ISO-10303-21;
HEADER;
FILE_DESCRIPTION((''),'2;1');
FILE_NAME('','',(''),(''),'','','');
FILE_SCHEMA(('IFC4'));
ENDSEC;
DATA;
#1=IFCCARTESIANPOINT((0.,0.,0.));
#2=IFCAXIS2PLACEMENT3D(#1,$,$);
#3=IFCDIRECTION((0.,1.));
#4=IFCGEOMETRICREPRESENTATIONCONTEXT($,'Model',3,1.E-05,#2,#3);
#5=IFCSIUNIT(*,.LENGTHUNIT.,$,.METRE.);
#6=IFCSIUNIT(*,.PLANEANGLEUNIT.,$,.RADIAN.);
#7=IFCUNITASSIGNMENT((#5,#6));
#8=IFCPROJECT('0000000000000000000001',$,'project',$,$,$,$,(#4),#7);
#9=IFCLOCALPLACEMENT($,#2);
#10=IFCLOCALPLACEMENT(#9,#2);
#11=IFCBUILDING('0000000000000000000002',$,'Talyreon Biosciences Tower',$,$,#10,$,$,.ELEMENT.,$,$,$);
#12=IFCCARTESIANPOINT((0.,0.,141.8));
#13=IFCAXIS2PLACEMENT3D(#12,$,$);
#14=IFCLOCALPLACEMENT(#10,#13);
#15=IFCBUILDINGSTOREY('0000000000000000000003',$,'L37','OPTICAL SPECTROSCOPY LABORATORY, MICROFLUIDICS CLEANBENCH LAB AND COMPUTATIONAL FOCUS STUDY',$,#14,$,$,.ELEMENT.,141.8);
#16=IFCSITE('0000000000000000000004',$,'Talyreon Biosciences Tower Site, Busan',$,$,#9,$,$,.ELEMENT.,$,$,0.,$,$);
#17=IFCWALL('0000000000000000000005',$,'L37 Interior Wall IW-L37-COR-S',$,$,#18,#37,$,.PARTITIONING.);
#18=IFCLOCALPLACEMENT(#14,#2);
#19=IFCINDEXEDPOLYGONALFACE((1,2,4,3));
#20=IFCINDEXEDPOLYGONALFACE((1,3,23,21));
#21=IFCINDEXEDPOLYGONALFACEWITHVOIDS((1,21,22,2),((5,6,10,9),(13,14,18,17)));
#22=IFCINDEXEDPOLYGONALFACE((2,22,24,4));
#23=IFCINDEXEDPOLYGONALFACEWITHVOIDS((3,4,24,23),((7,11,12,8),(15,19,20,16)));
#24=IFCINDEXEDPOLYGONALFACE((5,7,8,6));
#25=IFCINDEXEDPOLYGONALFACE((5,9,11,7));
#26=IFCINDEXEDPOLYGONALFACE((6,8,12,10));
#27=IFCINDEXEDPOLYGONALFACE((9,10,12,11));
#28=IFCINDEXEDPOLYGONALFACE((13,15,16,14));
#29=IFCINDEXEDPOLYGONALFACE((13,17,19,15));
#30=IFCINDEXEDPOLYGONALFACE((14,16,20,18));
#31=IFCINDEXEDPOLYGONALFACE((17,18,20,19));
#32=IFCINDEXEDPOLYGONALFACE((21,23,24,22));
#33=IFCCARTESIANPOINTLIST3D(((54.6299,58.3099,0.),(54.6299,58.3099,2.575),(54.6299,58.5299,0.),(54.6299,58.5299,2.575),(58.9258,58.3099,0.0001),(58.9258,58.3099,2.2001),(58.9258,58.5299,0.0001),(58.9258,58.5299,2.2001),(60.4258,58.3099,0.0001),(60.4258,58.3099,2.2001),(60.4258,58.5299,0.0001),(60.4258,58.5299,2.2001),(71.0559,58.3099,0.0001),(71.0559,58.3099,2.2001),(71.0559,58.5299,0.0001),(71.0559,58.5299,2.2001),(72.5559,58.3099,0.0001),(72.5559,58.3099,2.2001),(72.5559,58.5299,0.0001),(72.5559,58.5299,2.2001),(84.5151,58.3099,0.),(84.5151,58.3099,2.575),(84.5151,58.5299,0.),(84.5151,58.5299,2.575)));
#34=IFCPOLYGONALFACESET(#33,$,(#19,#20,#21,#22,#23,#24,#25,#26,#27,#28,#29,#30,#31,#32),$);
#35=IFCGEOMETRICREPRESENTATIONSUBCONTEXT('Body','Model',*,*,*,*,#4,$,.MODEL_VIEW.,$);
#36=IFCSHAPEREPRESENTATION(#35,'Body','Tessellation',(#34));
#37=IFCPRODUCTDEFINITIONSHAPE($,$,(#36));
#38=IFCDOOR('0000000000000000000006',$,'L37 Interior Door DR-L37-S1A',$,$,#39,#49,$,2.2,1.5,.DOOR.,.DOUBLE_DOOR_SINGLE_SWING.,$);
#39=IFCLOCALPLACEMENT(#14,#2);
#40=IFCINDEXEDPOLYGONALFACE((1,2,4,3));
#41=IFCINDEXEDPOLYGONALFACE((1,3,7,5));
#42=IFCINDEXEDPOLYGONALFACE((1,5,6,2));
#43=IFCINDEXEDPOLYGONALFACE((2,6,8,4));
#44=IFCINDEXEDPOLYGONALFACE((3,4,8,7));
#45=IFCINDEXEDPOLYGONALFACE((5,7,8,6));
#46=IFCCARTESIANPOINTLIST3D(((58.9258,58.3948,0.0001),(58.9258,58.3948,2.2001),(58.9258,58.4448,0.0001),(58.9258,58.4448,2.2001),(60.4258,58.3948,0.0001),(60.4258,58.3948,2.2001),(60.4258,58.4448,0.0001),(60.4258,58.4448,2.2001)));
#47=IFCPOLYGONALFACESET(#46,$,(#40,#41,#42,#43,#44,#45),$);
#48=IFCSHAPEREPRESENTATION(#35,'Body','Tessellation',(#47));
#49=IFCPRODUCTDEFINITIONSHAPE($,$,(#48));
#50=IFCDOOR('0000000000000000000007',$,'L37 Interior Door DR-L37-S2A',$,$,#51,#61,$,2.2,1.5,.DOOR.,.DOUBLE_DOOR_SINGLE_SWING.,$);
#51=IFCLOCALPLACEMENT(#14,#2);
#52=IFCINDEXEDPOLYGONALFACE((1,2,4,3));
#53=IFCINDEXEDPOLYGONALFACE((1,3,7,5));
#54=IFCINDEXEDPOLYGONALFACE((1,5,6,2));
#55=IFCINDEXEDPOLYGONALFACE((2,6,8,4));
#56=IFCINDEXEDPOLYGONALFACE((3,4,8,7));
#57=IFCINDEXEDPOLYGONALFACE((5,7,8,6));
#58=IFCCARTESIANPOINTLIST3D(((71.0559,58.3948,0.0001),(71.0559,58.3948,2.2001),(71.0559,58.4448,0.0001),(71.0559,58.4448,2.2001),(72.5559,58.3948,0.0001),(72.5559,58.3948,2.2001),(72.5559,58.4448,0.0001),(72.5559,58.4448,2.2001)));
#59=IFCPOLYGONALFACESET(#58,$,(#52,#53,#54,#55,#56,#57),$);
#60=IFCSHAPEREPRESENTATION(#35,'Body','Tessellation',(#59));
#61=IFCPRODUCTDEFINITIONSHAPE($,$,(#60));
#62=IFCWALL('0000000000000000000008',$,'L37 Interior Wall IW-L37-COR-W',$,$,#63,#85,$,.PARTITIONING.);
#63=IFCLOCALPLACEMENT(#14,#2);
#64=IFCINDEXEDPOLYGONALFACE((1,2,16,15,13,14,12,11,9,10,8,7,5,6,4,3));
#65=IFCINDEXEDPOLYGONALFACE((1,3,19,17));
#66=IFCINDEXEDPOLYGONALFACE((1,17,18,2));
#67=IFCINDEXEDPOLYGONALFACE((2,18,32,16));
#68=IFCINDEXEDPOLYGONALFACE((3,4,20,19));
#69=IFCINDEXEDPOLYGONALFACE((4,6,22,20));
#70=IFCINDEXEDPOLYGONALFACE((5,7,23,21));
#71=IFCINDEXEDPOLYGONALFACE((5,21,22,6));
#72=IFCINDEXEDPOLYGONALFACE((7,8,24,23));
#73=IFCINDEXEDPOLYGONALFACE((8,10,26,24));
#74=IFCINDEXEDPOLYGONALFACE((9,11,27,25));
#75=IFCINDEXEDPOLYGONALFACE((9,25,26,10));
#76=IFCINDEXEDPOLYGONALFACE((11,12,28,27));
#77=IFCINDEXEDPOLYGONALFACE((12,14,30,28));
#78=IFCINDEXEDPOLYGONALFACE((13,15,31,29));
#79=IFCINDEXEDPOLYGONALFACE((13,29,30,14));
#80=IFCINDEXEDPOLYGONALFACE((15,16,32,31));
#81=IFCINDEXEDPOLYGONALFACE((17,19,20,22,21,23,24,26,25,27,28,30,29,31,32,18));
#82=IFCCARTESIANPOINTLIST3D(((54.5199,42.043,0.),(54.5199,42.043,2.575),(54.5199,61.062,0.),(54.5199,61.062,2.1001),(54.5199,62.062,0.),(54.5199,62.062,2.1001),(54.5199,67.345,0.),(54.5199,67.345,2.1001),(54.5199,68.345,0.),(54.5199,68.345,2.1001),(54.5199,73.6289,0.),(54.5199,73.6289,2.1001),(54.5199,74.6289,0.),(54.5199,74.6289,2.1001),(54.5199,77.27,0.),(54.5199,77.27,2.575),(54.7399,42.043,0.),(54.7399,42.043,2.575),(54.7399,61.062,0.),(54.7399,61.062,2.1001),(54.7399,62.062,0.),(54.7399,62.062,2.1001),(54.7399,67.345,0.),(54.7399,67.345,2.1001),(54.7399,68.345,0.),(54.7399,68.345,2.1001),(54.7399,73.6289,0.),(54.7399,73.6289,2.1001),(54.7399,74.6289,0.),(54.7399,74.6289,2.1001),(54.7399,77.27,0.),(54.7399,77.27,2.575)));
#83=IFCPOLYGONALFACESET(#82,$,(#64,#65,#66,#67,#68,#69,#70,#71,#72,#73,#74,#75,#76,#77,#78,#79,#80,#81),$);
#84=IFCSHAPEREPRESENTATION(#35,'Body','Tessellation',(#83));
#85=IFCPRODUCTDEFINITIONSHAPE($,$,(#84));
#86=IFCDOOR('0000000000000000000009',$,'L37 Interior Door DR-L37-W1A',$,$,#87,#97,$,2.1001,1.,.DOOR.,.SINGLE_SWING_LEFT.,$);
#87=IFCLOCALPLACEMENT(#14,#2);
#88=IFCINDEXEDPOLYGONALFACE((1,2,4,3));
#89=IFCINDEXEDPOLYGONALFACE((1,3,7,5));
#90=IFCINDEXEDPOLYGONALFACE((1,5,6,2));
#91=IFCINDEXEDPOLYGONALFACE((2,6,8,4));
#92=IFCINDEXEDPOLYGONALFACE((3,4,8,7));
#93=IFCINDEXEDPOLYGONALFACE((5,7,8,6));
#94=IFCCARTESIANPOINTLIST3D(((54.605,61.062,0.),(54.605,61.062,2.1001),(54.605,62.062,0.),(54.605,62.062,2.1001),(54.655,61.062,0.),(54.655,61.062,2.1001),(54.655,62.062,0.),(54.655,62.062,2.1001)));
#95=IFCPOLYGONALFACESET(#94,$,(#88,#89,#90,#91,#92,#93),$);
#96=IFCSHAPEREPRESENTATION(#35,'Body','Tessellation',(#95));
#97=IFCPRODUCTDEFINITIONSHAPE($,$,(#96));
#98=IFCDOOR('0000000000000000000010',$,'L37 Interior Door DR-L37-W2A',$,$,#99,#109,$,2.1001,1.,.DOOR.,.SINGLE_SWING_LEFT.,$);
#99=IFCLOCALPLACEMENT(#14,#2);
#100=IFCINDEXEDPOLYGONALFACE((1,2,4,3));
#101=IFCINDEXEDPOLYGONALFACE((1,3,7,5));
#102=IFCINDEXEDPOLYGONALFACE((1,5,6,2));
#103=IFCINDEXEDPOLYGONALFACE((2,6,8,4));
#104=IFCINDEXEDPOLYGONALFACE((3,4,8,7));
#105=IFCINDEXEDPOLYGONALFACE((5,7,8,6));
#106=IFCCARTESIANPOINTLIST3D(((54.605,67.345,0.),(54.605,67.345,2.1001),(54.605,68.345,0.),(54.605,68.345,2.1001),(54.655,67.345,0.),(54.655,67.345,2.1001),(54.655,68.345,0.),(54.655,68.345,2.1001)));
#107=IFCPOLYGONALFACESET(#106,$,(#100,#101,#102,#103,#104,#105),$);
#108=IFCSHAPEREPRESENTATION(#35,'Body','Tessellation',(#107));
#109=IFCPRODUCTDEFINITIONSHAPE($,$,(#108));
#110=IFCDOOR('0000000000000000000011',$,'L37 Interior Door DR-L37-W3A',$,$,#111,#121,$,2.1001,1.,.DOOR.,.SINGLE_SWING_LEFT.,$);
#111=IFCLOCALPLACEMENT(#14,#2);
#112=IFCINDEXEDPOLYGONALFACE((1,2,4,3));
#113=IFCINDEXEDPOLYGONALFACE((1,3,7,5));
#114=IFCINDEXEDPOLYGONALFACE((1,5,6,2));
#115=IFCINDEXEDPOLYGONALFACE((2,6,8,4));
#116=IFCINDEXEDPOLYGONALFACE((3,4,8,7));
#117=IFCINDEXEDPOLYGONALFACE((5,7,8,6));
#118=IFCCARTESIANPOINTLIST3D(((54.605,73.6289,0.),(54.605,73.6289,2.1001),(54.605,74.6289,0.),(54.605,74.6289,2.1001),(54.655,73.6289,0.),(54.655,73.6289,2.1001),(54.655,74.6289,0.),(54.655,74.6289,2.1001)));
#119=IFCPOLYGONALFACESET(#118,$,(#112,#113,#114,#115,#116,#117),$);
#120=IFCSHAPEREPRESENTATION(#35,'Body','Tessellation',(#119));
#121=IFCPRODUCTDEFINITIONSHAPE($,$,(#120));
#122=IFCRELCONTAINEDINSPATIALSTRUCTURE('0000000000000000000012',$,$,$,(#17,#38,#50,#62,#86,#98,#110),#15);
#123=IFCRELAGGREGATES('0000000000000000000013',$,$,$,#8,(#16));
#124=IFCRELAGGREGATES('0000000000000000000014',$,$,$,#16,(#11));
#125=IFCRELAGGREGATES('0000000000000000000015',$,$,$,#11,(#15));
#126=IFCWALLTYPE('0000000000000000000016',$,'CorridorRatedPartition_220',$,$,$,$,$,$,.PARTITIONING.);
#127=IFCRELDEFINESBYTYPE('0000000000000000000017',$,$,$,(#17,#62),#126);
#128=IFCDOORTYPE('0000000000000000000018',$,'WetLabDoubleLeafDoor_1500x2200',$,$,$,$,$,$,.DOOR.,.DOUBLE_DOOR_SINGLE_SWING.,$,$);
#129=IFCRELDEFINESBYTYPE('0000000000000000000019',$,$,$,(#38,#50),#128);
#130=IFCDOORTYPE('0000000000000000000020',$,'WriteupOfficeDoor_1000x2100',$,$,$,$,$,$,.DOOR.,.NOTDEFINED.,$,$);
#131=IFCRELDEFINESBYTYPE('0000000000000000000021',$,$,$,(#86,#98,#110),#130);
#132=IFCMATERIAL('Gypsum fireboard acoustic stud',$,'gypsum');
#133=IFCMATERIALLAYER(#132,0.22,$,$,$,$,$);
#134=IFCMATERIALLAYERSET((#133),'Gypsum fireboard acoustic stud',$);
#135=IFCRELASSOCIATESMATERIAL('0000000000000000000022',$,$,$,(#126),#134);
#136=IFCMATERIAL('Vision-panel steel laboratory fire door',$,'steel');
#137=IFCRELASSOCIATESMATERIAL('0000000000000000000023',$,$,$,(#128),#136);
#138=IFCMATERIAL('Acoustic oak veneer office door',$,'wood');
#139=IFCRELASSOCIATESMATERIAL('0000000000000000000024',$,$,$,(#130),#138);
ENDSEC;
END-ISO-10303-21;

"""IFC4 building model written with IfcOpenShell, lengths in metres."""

from ifc_helpers import new_model, si_unit, direction, frame, frame_2d, origin, place, context, subcontext, project, spatial, rectangle, extrude, material, layer, layer_set, type_object, element, fill, save


model = new_model("IFC4")

# Units and contexts
model_context = context("Model", 3, precision=1e-05, world=origin(), true_north=direction((0.0, 1.0)))
body_context = subcontext(model_context, "Body", "Model", "MODEL_VIEW")
ifc_project = project(units=[si_unit("LENGTHUNIT", "METRE"), si_unit("PLANEANGLEUNIT", "RADIAN")], contexts=[model_context])

# Site, building, storey
site_placement = place(None, origin())
site = spatial("IfcSite", under=ifc_project, at=site_placement, Name="Talyreon Biosciences Tower Site, Busan", CompositionType="ELEMENT", RefElevation=0.0)
building_placement = place(site_placement, origin())
building = spatial("IfcBuilding", under=site, at=building_placement, Name="Talyreon Biosciences Tower", CompositionType="ELEMENT")
storey_placement = place(building_placement, frame((0.0, 0.0, 141.8)))
storey = spatial("IfcBuildingStorey", under=building, at=storey_placement, Name="L37", Description="OPTICAL SPECTROSCOPY LABORATORY, MICROFLUIDICS CLEANBENCH LAB AND COMPUTATIONAL FOCUS STUDY", CompositionType="ELEMENT", Elevation=141.8)

# Walls, openings, doors
ifc_material_1 = material(Name="Gypsum fireboard acoustic stud", Category="gypsum")
ifc_layer_1 = layer(ifc_material_1, 0.22)
ifc_layer_set_1 = layer_set([ifc_layer_1], Name="Gypsum fireboard acoustic stud")
wall_type = type_object("IfcWallType", Name="CorridorRatedPartition_220", PredefinedType="PARTITIONING", material=ifc_layer_set_1)
wall_1_placement = place(storey_placement, frame((54.6299, 58.4199, 0.0), z_axis=(0.0, 0.0, 1.0), x_axis=(1.0, 0.0, 0.0)))
wall_1 = element("IfcWall", 1, at=wall_1_placement, inside=storey, type_object=wall_type, Name="L37 Interior Wall IW-L37-COR-S", PredefinedType="PARTITIONING", context=body_context, shape_type="SweptSolid", body=[
    extrude(rectangle(XDim=29.8853, YDim=0.22, at=frame_2d((14.9426, 0.0))), origin(), (0.0, 0.0, 1.0), 2.575),
])
opening_1_placement = place(wall_1_placement, frame((4.2959, 0.0, 0.0)))
opening_1 = element("IfcOpeningElement", 2, at=opening_1_placement, cuts=wall_1, PredefinedType="OPENING", context=body_context, shape_type="SweptSolid", body=[
    extrude(rectangle(XDim=1.5, YDim=2.2, at=frame_2d((0.75, 1.1001))), frame((0.0, 0.1199, 0.0), z_axis=(0.0, -1.0, 0.0), x_axis=(1.0, 0.0, 0.0)), (0.0, 0.0, 1.0), 0.24),
])
opening_2_placement = place(wall_1_placement, frame((16.426, 0.0, 0.0)))
opening_2 = element("IfcOpeningElement", 3, at=opening_2_placement, cuts=wall_1, PredefinedType="OPENING", context=body_context, shape_type="SweptSolid", body=[
    extrude(rectangle(XDim=1.5, YDim=2.2, at=frame_2d((0.75, 1.1001))), frame((0.0, 0.1199, 0.0), z_axis=(0.0, -1.0, 0.0), x_axis=(1.0, 0.0, 0.0)), (0.0, 0.0, 1.0), 0.24),
])
ifc_material_2 = material(Name="Vision-panel steel laboratory fire door", Category="steel")
door_type_1 = type_object("IfcDoorType", Name="WetLabDoubleLeafDoor_1500x2200", OperationType="DOUBLE_DOOR_SINGLE_SWING", PredefinedType="DOOR", material=ifc_material_2)
door_1_placement = place(opening_1_placement, origin())
door_1 = element("IfcDoor", 4, at=door_1_placement, inside=storey, type_object=door_type_1, Name="L37 Interior Door DR-L37-S1A", OperationType="DOUBLE_DOOR_SINGLE_SWING", OverallHeight=2.2, OverallWidth=1.5, PredefinedType="DOOR", context=body_context, shape_type="SweptSolid", body=[
    extrude(rectangle(XDim=1.5, YDim=2.2, at=frame_2d((0.75, 1.1001))), frame((0.0, 0.0249, 0.0), z_axis=(0.0, -1.0, 0.0), x_axis=(1.0, 0.0, 0.0)), (0.0, 0.0, 1.0), 0.05),
])
fill(opening_1, door_1)
door_2_placement = place(opening_2_placement, origin())
door_2 = element("IfcDoor", 5, at=door_2_placement, inside=storey, type_object=door_type_1, Name="L37 Interior Door DR-L37-S2A", OperationType="DOUBLE_DOOR_SINGLE_SWING", OverallHeight=2.2, OverallWidth=1.5, PredefinedType="DOOR", context=body_context, shape_type="SweptSolid", body=[
    extrude(rectangle(XDim=1.5, YDim=2.2, at=frame_2d((0.75, 1.1001))), frame((0.0, 0.0249, 0.0), z_axis=(0.0, -1.0, 0.0), x_axis=(1.0, 0.0, 0.0)), (0.0, 0.0, 1.0), 0.05),
])
fill(opening_2, door_2)
wall_2_placement = place(storey_placement, frame((54.6299, 42.043, 0.0), z_axis=(0.0, 0.0, 1.0), x_axis=(0.0, 1.0, 0.0)))
wall_2 = element("IfcWall", 6, at=wall_2_placement, inside=storey, type_object=wall_type, Name="L37 Interior Wall IW-L37-COR-W", PredefinedType="PARTITIONING", context=body_context, shape_type="SweptSolid", body=[
    extrude(rectangle(XDim=35.2271, YDim=0.22, at=frame_2d((17.6135, 0.0))), origin(), (0.0, 0.0, 1.0), 2.575),
])
opening_3_placement = place(wall_2_placement, frame((19.019, 0.0, 0.0)))
opening_3 = element("IfcOpeningElement", 7, at=opening_3_placement, cuts=wall_2, PredefinedType="OPENING", context=body_context, shape_type="SweptSolid", body=[
    extrude(rectangle(XDim=1.0, YDim=2.1001, at=frame_2d((0.5, 1.05))), frame((0.0, 0.1199, 0.0), z_axis=(0.0, -1.0, 0.0), x_axis=(1.0, 0.0, 0.0)), (0.0, 0.0, 1.0), 0.24),
])
opening_4_placement = place(wall_2_placement, frame((25.302, 0.0, 0.0)))
opening_4 = element("IfcOpeningElement", 8, at=opening_4_placement, cuts=wall_2, PredefinedType="OPENING", context=body_context, shape_type="SweptSolid", body=[
    extrude(rectangle(XDim=1.0, YDim=2.1001, at=frame_2d((0.5, 1.05))), frame((0.0, 0.1199, 0.0), z_axis=(0.0, -1.0, 0.0), x_axis=(1.0, 0.0, 0.0)), (0.0, 0.0, 1.0), 0.24),
])
opening_5_placement = place(wall_2_placement, frame((31.5859, 0.0, 0.0)))
opening_5 = element("IfcOpeningElement", 9, at=opening_5_placement, cuts=wall_2, PredefinedType="OPENING", context=body_context, shape_type="SweptSolid", body=[
    extrude(rectangle(XDim=1.0, YDim=2.1001, at=frame_2d((0.5, 1.05))), frame((0.0, 0.1199, 0.0), z_axis=(0.0, -1.0, 0.0), x_axis=(1.0, 0.0, 0.0)), (0.0, 0.0, 1.0), 0.24),
])
ifc_material_3 = material(Name="Acoustic oak veneer office door", Category="wood")
door_type_2 = type_object("IfcDoorType", Name="WriteupOfficeDoor_1000x2100", OperationType="NOTDEFINED", PredefinedType="DOOR", material=ifc_material_3)
door_3_placement = place(opening_3_placement, origin())
door_3 = element("IfcDoor", 10, at=door_3_placement, inside=storey, type_object=door_type_2, Name="L37 Interior Door DR-L37-W1A", OperationType="SINGLE_SWING_LEFT", OverallHeight=2.1001, OverallWidth=1.0, PredefinedType="DOOR", context=body_context, shape_type="SweptSolid", body=[
    extrude(rectangle(XDim=1.0, YDim=2.1001, at=frame_2d((0.5, 1.05))), frame((0.0, 0.0249, 0.0), z_axis=(0.0, -1.0, 0.0), x_axis=(1.0, 0.0, 0.0)), (0.0, 0.0, 1.0), 0.05),
])
fill(opening_3, door_3)
door_4_placement = place(opening_4_placement, origin())
door_4 = element("IfcDoor", 11, at=door_4_placement, inside=storey, type_object=door_type_2, Name="L37 Interior Door DR-L37-W2A", OperationType="SINGLE_SWING_LEFT", OverallHeight=2.1001, OverallWidth=1.0, PredefinedType="DOOR", context=body_context, shape_type="SweptSolid", body=[
    extrude(rectangle(XDim=1.0, YDim=2.1001, at=frame_2d((0.5, 1.05))), frame((0.0, 0.0249, 0.0), z_axis=(0.0, -1.0, 0.0), x_axis=(1.0, 0.0, 0.0)), (0.0, 0.0, 1.0), 0.05),
])
fill(opening_4, door_4)
door_5_placement = place(opening_5_placement, origin())
door_5 = element("IfcDoor", 12, at=door_5_placement, inside=storey, type_object=door_type_2, Name="L37 Interior Door DR-L37-W3A", OperationType="SINGLE_SWING_LEFT", OverallHeight=2.1001, OverallWidth=1.0, PredefinedType="DOOR", context=body_context, shape_type="SweptSolid", body=[
    extrude(rectangle(XDim=1.0, YDim=2.1001, at=frame_2d((0.5, 1.05))), frame((0.0, 0.0249, 0.0), z_axis=(0.0, -1.0, 0.0), x_axis=(1.0, 0.0, 0.0)), (0.0, 0.0, 1.0), 0.05),
])
fill(opening_5, door_5)

save(model, "model.ifc")
